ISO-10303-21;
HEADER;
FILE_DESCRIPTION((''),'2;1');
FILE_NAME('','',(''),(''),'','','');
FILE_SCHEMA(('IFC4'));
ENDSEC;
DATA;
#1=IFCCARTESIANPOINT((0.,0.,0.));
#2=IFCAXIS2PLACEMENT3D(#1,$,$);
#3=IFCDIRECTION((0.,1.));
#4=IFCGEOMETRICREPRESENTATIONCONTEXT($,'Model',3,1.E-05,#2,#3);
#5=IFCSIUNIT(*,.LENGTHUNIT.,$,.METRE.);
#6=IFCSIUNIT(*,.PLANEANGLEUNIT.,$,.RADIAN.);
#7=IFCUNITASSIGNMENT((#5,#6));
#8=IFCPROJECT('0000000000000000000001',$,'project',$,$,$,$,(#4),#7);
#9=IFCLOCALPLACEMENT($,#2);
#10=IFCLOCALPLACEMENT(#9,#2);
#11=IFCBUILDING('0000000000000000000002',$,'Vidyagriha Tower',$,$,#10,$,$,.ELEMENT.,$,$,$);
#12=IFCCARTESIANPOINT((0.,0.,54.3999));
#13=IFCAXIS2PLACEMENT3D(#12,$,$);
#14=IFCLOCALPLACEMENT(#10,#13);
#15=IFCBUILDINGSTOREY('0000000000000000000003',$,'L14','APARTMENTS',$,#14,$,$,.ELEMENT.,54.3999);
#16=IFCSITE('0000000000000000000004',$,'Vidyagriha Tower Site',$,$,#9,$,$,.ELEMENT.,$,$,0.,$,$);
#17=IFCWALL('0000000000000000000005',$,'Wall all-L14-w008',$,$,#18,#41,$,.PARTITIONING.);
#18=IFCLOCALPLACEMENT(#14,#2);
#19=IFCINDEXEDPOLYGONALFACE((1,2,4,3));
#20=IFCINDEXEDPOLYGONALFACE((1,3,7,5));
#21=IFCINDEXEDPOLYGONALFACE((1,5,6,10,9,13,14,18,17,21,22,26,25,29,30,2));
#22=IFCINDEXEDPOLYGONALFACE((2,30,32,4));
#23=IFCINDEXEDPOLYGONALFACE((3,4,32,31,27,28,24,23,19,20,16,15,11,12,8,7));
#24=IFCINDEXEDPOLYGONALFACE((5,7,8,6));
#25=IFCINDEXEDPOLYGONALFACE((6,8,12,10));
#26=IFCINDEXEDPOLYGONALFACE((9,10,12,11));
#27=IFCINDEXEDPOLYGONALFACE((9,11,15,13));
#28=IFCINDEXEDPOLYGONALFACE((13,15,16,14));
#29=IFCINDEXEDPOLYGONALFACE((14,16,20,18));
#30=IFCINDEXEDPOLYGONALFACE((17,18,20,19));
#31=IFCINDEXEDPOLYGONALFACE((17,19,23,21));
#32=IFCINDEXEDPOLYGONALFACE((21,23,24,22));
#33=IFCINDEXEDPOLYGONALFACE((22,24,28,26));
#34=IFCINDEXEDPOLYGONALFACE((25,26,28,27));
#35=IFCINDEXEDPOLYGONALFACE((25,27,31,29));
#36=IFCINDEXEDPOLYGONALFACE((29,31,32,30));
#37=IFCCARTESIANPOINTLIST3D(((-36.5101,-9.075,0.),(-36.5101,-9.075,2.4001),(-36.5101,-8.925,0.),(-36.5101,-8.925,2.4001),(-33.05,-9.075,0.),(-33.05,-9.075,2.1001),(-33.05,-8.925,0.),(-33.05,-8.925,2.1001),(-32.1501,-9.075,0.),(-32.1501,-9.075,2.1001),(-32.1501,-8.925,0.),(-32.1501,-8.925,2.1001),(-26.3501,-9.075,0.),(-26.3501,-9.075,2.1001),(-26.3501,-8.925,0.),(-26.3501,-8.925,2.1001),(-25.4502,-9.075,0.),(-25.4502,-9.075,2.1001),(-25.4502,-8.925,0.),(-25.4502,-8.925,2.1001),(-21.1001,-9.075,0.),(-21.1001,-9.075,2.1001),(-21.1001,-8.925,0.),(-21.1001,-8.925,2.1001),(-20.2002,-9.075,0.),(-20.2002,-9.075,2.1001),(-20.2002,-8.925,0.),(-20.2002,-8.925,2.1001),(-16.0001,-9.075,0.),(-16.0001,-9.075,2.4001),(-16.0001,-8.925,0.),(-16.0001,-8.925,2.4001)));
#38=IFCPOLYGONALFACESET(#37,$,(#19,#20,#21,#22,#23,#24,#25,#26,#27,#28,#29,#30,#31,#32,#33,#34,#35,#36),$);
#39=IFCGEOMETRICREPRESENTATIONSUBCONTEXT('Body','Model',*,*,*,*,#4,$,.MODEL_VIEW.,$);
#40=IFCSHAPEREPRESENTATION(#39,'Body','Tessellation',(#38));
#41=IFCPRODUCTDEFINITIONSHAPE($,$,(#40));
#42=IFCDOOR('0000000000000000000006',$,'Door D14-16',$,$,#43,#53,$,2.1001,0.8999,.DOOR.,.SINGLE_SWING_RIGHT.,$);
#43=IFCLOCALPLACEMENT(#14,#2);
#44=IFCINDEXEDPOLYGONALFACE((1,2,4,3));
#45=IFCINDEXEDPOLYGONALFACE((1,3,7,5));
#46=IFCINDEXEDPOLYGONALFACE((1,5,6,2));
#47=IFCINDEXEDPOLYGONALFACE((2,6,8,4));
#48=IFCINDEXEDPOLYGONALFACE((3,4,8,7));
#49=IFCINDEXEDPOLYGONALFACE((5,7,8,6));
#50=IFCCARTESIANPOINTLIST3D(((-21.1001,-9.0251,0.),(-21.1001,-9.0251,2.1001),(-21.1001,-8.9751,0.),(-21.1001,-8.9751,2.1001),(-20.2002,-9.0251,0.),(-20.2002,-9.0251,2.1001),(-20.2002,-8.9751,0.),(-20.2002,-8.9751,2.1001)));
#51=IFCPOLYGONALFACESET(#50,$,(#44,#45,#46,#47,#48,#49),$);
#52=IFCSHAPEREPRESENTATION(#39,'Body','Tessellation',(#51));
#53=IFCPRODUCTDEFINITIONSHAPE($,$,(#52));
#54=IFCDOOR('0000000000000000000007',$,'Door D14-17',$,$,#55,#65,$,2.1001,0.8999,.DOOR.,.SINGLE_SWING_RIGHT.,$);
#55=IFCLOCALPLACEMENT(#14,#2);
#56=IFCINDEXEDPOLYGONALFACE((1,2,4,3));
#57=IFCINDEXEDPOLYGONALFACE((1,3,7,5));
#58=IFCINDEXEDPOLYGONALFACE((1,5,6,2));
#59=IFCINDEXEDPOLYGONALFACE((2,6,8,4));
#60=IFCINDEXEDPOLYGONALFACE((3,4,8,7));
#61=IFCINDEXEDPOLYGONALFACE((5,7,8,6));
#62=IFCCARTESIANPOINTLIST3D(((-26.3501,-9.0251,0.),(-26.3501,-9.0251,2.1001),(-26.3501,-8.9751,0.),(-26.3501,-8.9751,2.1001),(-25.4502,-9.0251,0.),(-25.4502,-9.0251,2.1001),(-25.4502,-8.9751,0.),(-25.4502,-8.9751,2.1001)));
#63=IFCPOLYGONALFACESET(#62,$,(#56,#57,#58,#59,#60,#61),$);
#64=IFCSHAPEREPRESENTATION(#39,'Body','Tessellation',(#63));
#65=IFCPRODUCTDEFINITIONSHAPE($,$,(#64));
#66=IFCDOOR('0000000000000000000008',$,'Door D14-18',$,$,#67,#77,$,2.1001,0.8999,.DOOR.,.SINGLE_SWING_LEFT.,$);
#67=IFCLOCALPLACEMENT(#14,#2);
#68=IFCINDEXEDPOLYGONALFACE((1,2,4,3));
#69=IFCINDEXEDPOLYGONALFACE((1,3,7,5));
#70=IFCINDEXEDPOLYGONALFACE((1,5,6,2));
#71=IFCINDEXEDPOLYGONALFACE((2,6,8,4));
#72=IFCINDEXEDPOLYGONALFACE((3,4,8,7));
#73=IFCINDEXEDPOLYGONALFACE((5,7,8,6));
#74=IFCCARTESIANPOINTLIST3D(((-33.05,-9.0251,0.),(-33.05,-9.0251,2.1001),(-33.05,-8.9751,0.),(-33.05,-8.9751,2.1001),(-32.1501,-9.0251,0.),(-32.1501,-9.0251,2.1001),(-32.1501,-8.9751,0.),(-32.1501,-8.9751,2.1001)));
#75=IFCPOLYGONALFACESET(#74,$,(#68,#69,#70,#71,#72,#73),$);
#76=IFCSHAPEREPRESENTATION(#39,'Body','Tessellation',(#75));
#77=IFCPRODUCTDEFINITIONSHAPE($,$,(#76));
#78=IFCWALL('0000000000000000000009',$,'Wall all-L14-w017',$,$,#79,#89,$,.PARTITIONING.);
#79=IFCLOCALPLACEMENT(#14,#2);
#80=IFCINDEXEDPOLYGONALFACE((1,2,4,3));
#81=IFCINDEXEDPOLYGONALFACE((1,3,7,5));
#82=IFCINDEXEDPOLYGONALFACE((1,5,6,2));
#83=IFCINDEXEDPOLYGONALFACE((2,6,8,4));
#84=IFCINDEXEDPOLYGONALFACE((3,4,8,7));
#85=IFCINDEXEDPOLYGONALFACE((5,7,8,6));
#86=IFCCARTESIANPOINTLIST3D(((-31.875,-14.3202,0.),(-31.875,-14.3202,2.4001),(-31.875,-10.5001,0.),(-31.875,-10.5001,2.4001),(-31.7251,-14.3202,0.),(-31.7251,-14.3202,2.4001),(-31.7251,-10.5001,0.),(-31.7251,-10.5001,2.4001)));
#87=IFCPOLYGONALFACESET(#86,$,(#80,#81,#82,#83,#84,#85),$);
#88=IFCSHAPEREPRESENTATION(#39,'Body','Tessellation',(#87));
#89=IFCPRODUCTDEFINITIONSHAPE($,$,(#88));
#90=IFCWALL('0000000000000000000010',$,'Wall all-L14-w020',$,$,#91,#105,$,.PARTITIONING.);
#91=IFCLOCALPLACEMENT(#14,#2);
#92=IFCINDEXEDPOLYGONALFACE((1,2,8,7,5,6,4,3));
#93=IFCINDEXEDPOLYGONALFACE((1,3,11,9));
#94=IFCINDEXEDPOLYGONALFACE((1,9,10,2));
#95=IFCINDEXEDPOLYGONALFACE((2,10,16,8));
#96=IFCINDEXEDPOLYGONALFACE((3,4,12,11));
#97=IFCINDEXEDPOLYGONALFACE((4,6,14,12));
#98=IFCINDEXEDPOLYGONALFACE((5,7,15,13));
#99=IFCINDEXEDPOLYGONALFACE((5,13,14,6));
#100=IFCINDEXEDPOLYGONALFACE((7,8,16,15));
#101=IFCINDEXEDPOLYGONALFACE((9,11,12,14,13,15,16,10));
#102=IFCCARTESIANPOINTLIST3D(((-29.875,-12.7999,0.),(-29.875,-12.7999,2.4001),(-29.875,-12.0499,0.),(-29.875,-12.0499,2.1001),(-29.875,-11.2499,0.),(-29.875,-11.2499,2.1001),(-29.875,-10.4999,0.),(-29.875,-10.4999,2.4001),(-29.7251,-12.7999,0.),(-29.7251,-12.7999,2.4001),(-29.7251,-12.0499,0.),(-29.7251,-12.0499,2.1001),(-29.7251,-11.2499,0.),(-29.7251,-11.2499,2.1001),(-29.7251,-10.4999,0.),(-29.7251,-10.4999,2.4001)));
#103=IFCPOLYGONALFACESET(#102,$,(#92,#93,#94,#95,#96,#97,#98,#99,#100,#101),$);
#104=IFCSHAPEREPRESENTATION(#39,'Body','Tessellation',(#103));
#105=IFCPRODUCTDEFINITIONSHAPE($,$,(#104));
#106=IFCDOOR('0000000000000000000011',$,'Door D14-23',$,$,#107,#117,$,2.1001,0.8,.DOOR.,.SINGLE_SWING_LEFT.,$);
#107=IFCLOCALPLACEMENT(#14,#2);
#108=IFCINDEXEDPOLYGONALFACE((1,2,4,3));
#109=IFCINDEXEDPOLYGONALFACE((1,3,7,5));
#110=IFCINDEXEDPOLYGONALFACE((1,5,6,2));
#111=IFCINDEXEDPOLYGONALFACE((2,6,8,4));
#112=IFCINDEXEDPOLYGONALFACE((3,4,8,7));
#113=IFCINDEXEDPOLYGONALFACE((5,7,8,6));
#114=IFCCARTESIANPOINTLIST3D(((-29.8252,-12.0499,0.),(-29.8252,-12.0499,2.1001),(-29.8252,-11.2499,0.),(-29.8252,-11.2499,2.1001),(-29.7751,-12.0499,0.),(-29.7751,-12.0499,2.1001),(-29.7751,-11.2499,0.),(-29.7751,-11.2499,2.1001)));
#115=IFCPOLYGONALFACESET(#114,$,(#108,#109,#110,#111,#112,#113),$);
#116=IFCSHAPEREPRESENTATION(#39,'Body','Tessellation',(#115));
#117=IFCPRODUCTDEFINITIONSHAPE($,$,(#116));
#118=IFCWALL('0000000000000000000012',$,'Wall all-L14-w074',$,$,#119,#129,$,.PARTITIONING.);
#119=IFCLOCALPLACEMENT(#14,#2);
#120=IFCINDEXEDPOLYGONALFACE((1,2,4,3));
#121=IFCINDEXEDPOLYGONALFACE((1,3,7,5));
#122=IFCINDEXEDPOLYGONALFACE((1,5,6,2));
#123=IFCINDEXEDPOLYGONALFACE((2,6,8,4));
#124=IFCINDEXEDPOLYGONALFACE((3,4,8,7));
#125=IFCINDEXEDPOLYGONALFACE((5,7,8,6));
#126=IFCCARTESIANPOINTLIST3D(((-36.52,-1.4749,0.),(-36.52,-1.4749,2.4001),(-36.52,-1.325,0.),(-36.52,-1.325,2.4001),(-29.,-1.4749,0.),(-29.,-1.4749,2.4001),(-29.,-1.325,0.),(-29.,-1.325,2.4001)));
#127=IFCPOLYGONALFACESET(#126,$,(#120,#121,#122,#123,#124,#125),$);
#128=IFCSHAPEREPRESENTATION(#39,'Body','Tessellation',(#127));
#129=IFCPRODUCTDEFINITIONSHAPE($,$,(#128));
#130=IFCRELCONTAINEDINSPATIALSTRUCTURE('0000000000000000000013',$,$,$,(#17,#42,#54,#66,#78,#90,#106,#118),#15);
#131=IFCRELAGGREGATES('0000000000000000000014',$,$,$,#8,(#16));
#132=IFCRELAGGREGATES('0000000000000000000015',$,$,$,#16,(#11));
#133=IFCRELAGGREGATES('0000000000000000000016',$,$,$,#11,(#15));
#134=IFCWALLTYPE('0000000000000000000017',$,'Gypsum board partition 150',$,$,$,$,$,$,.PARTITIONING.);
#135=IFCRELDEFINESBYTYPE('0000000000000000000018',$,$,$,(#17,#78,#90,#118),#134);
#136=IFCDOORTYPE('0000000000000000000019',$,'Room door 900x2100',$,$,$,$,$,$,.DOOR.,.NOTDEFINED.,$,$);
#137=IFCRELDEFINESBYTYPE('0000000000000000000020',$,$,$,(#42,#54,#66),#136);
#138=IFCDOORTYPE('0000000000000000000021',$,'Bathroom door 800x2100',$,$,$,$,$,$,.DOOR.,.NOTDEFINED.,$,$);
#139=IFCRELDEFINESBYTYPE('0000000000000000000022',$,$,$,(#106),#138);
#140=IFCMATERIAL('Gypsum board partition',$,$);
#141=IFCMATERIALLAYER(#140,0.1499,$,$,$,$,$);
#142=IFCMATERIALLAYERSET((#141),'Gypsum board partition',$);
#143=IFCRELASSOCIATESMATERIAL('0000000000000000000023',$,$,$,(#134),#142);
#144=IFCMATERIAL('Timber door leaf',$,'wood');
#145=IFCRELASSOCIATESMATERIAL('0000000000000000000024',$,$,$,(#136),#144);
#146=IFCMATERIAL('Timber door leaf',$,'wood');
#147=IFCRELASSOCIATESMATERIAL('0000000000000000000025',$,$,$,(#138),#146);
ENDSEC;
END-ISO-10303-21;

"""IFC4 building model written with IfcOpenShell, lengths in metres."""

from ifc_helpers import new_model, si_unit, direction, frame, frame_2d, origin, place, context, subcontext, project, spatial, rectangle, extrude, material, layer, layer_set, type_object, element, fill, save


model = new_model("IFC4")

# Units and contexts
model_context = context("Model", 3, precision=1e-05, world=origin(), true_north=direction((0.0, 1.0)))
body_context = subcontext(model_context, "Body", "Model", "MODEL_VIEW")
ifc_project = project(units=[si_unit("LENGTHUNIT", "METRE"), si_unit("PLANEANGLEUNIT", "RADIAN")], contexts=[model_context])

# Site, building, storey
site_placement = place(None, origin())
site = spatial("IfcSite", under=ifc_project, at=site_placement, Name="Vidyagriha Tower Site", CompositionType="ELEMENT", RefElevation=0.0)
building_placement = place(site_placement, origin())
building = spatial("IfcBuilding", under=site, at=building_placement, Name="Vidyagriha Tower", CompositionType="ELEMENT")
storey_placement = place(building_placement, frame((0.0, 0.0, 54.3999)))
storey = spatial("IfcBuildingStorey", under=building, at=storey_placement, Name="L14", Description="APARTMENTS", CompositionType="ELEMENT", Elevation=54.3999)

# Shared definitions
ifc_material_1 = material(Name="Gypsum board partition")
ifc_layer_1 = layer(ifc_material_1, 0.1499)
ifc_layer_set_1 = layer_set([ifc_layer_1], Name="Gypsum board partition")
wall_type_1 = type_object("IfcWallType", Name="Gypsum board partition 150", PredefinedType="PARTITIONING", material=ifc_layer_set_1)

# Wall, openings, doors
wall_1_placement = place(storey_placement, frame((-36.51, -9.0, 0.0)))
wall_1 = element("IfcWall", 1, at=wall_1_placement, inside=storey, type_object=wall_type_1, Name="Wall all-L14-w008", PredefinedType="PARTITIONING", context=body_context, shape_type="SweptSolid", body=[
    extrude(rectangle(XDim=20.51, YDim=0.1499, at=frame_2d((10.2549, 0.0))), origin(), (0.0, 0.0, 1.0), 2.4001),
])
opening_1_placement = place(wall_1_placement, frame((15.4099, 0.0, 0.0)))
opening_1 = element("IfcOpeningElement", 2, at=opening_1_placement, cuts=wall_1, PredefinedType="OPENING", context=body_context, shape_type="SweptSolid", body=[
    extrude(rectangle(XDim=0.8999, YDim=2.1001, at=frame_2d((0.45, 1.05))), frame((0.0, 0.085, 0.0), z_axis=(0.0, -1.0, 0.0), x_axis=(1.0, 0.0, 0.0)), (0.0, 0.0, 1.0), 0.1699),
])
opening_2_placement = place(wall_1_placement, frame((10.1599, 0.0, 0.0)))
opening_2 = element("IfcOpeningElement", 3, at=opening_2_placement, cuts=wall_1, PredefinedType="OPENING", context=body_context, shape_type="SweptSolid", body=[
    extrude(rectangle(XDim=0.8999, YDim=2.1001, at=frame_2d((0.45, 1.05))), frame((0.0, 0.085, 0.0), z_axis=(0.0, -1.0, 0.0), x_axis=(1.0, 0.0, 0.0)), (0.0, 0.0, 1.0), 0.1699),
])
opening_3_placement = place(wall_1_placement, frame((3.46, 0.0, 0.0)))
opening_3 = element("IfcOpeningElement", 4, at=opening_3_placement, cuts=wall_1, PredefinedType="OPENING", context=body_context, shape_type="SweptSolid", body=[
    extrude(rectangle(XDim=0.8999, YDim=2.1001, at=frame_2d((0.45, 1.05))), frame((0.0, 0.085, 0.0), z_axis=(0.0, -1.0, 0.0), x_axis=(1.0, 0.0, 0.0)), (0.0, 0.0, 1.0), 0.1699),
])
ifc_material_2 = material(Name="Timber door leaf", Category="wood")
door_type_1 = type_object("IfcDoorType", Name="Room door 900x2100", OperationType="NOTDEFINED", PredefinedType="DOOR", material=ifc_material_2)
door_1_placement = place(opening_1_placement, origin())
door_1 = element("IfcDoor", 5, at=door_1_placement, inside=storey, type_object=door_type_1, Name="Door D14-16", OperationType="SINGLE_SWING_RIGHT", OverallHeight=2.1001, OverallWidth=0.8999, PredefinedType="DOOR", context=body_context, shape_type="SweptSolid", body=[
    extrude(rectangle(XDim=0.8999, YDim=2.1001, at=frame_2d((0.45, 1.05))), frame((0.0, 0.0249, 0.0), z_axis=(0.0, -1.0, 0.0), x_axis=(1.0, 0.0, 0.0)), (0.0, 0.0, 1.0), 0.05),
])
fill(opening_1, door_1)
door_2_placement = place(opening_2_placement, origin())
door_2 = element("IfcDoor", 6, at=door_2_placement, inside=storey, type_object=door_type_1, Name="Door D14-17", OperationType="SINGLE_SWING_RIGHT", OverallHeight=2.1001, OverallWidth=0.8999, PredefinedType="DOOR", context=body_context, shape_type="SweptSolid", body=[
    extrude(rectangle(XDim=0.8999, YDim=2.1001, at=frame_2d((0.45, 1.05))), frame((0.0, 0.0249, 0.0), z_axis=(0.0, -1.0, 0.0), x_axis=(1.0, 0.0, 0.0)), (0.0, 0.0, 1.0), 0.05),
])
fill(opening_2, door_2)
door_3_placement = place(opening_3_placement, origin())
door_3 = element("IfcDoor", 7, at=door_3_placement, inside=storey, type_object=door_type_1, Name="Door D14-18", OperationType="SINGLE_SWING_LEFT", OverallHeight=2.1001, OverallWidth=0.8999, PredefinedType="DOOR", context=body_context, shape_type="SweptSolid", body=[
    extrude(rectangle(XDim=0.8999, YDim=2.1001, at=frame_2d((0.45, 1.05))), frame((0.0, 0.0249, 0.0), z_axis=(0.0, -1.0, 0.0), x_axis=(1.0, 0.0, 0.0)), (0.0, 0.0, 1.0), 0.05),
])
fill(opening_3, door_3)

# Wall
wall_2_placement = place(storey_placement, frame((-31.8, -10.5, 0.0), z_axis=(0.0, 0.0, 1.0), x_axis=(0.0, -1.0, 0.0)))
element("IfcWall", 8, at=wall_2_placement, inside=storey, type_object=wall_type_1, Name="Wall all-L14-w017", PredefinedType="PARTITIONING", context=body_context, shape_type="SweptSolid", body=[
    extrude(rectangle(XDim=3.8201, YDim=0.1499, at=frame_2d((1.9102, 0.0))), origin(), (0.0, 0.0, 1.0), 2.4001),
])

# Wall, opening, door
wall_3_placement = place(storey_placement, frame((-29.8, -10.5, 0.0), z_axis=(0.0, 0.0, 1.0), x_axis=(0.0, -1.0, 0.0)))
wall_3 = element("IfcWall", 9, at=wall_3_placement, inside=storey, type_object=wall_type_1, Name="Wall all-L14-w020", PredefinedType="PARTITIONING", context=body_context, shape_type="SweptSolid", body=[
    extrude(rectangle(XDim=2.3, YDim=0.1499, at=frame_2d((1.1499, 0.0))), origin(), (0.0, 0.0, 1.0), 2.4001),
])
opening_4_placement = place(wall_3_placement, frame((0.75, 0.0, 0.0)))
opening_4 = element("IfcOpeningElement", 10, at=opening_4_placement, cuts=wall_3, PredefinedType="OPENING", context=body_context, shape_type="SweptSolid", body=[
    extrude(rectangle(XDim=0.8, YDim=2.1001, at=frame_2d((0.3999, 1.05))), frame((0.0, 0.085, 0.0), z_axis=(0.0, -1.0, 0.0), x_axis=(1.0, 0.0, 0.0)), (0.0, 0.0, 1.0), 0.1699),
])
ifc_material_3 = material(Name="Timber door leaf", Category="wood")
door_type_2 = type_object("IfcDoorType", Name="Bathroom door 800x2100", OperationType="NOTDEFINED", PredefinedType="DOOR", material=ifc_material_3)
door_4_placement = place(opening_4_placement, origin())
door_4 = element("IfcDoor", 11, at=door_4_placement, inside=storey, type_object=door_type_2, Name="Door D14-23", OperationType="SINGLE_SWING_LEFT", OverallHeight=2.1001, OverallWidth=0.8, PredefinedType="DOOR", context=body_context, shape_type="SweptSolid", body=[
    extrude(rectangle(XDim=0.8, YDim=2.1001, at=frame_2d((0.3999, 1.05))), frame((0.0, 0.0249, 0.0), z_axis=(0.0, -1.0, 0.0), x_axis=(1.0, 0.0, 0.0)), (0.0, 0.0, 1.0), 0.05),
])
fill(opening_4, door_4)

# Wall
wall_4_placement = place(storey_placement, frame((-29.0, -1.3999, 0.0), z_axis=(0.0, 0.0, 1.0), x_axis=(-1.0, 0.0, 0.0)))
element("IfcWall", 12, at=wall_4_placement, inside=storey, type_object=wall_type_1, Name="Wall all-L14-w074", PredefinedType="PARTITIONING", context=body_context, shape_type="SweptSolid", body=[
    extrude(rectangle(XDim=7.52, YDim=0.1499, at=frame_2d((3.76, 0.0))), origin(), (0.0, 0.0, 1.0), 2.4001),
])

save(model, "model.ifc")
